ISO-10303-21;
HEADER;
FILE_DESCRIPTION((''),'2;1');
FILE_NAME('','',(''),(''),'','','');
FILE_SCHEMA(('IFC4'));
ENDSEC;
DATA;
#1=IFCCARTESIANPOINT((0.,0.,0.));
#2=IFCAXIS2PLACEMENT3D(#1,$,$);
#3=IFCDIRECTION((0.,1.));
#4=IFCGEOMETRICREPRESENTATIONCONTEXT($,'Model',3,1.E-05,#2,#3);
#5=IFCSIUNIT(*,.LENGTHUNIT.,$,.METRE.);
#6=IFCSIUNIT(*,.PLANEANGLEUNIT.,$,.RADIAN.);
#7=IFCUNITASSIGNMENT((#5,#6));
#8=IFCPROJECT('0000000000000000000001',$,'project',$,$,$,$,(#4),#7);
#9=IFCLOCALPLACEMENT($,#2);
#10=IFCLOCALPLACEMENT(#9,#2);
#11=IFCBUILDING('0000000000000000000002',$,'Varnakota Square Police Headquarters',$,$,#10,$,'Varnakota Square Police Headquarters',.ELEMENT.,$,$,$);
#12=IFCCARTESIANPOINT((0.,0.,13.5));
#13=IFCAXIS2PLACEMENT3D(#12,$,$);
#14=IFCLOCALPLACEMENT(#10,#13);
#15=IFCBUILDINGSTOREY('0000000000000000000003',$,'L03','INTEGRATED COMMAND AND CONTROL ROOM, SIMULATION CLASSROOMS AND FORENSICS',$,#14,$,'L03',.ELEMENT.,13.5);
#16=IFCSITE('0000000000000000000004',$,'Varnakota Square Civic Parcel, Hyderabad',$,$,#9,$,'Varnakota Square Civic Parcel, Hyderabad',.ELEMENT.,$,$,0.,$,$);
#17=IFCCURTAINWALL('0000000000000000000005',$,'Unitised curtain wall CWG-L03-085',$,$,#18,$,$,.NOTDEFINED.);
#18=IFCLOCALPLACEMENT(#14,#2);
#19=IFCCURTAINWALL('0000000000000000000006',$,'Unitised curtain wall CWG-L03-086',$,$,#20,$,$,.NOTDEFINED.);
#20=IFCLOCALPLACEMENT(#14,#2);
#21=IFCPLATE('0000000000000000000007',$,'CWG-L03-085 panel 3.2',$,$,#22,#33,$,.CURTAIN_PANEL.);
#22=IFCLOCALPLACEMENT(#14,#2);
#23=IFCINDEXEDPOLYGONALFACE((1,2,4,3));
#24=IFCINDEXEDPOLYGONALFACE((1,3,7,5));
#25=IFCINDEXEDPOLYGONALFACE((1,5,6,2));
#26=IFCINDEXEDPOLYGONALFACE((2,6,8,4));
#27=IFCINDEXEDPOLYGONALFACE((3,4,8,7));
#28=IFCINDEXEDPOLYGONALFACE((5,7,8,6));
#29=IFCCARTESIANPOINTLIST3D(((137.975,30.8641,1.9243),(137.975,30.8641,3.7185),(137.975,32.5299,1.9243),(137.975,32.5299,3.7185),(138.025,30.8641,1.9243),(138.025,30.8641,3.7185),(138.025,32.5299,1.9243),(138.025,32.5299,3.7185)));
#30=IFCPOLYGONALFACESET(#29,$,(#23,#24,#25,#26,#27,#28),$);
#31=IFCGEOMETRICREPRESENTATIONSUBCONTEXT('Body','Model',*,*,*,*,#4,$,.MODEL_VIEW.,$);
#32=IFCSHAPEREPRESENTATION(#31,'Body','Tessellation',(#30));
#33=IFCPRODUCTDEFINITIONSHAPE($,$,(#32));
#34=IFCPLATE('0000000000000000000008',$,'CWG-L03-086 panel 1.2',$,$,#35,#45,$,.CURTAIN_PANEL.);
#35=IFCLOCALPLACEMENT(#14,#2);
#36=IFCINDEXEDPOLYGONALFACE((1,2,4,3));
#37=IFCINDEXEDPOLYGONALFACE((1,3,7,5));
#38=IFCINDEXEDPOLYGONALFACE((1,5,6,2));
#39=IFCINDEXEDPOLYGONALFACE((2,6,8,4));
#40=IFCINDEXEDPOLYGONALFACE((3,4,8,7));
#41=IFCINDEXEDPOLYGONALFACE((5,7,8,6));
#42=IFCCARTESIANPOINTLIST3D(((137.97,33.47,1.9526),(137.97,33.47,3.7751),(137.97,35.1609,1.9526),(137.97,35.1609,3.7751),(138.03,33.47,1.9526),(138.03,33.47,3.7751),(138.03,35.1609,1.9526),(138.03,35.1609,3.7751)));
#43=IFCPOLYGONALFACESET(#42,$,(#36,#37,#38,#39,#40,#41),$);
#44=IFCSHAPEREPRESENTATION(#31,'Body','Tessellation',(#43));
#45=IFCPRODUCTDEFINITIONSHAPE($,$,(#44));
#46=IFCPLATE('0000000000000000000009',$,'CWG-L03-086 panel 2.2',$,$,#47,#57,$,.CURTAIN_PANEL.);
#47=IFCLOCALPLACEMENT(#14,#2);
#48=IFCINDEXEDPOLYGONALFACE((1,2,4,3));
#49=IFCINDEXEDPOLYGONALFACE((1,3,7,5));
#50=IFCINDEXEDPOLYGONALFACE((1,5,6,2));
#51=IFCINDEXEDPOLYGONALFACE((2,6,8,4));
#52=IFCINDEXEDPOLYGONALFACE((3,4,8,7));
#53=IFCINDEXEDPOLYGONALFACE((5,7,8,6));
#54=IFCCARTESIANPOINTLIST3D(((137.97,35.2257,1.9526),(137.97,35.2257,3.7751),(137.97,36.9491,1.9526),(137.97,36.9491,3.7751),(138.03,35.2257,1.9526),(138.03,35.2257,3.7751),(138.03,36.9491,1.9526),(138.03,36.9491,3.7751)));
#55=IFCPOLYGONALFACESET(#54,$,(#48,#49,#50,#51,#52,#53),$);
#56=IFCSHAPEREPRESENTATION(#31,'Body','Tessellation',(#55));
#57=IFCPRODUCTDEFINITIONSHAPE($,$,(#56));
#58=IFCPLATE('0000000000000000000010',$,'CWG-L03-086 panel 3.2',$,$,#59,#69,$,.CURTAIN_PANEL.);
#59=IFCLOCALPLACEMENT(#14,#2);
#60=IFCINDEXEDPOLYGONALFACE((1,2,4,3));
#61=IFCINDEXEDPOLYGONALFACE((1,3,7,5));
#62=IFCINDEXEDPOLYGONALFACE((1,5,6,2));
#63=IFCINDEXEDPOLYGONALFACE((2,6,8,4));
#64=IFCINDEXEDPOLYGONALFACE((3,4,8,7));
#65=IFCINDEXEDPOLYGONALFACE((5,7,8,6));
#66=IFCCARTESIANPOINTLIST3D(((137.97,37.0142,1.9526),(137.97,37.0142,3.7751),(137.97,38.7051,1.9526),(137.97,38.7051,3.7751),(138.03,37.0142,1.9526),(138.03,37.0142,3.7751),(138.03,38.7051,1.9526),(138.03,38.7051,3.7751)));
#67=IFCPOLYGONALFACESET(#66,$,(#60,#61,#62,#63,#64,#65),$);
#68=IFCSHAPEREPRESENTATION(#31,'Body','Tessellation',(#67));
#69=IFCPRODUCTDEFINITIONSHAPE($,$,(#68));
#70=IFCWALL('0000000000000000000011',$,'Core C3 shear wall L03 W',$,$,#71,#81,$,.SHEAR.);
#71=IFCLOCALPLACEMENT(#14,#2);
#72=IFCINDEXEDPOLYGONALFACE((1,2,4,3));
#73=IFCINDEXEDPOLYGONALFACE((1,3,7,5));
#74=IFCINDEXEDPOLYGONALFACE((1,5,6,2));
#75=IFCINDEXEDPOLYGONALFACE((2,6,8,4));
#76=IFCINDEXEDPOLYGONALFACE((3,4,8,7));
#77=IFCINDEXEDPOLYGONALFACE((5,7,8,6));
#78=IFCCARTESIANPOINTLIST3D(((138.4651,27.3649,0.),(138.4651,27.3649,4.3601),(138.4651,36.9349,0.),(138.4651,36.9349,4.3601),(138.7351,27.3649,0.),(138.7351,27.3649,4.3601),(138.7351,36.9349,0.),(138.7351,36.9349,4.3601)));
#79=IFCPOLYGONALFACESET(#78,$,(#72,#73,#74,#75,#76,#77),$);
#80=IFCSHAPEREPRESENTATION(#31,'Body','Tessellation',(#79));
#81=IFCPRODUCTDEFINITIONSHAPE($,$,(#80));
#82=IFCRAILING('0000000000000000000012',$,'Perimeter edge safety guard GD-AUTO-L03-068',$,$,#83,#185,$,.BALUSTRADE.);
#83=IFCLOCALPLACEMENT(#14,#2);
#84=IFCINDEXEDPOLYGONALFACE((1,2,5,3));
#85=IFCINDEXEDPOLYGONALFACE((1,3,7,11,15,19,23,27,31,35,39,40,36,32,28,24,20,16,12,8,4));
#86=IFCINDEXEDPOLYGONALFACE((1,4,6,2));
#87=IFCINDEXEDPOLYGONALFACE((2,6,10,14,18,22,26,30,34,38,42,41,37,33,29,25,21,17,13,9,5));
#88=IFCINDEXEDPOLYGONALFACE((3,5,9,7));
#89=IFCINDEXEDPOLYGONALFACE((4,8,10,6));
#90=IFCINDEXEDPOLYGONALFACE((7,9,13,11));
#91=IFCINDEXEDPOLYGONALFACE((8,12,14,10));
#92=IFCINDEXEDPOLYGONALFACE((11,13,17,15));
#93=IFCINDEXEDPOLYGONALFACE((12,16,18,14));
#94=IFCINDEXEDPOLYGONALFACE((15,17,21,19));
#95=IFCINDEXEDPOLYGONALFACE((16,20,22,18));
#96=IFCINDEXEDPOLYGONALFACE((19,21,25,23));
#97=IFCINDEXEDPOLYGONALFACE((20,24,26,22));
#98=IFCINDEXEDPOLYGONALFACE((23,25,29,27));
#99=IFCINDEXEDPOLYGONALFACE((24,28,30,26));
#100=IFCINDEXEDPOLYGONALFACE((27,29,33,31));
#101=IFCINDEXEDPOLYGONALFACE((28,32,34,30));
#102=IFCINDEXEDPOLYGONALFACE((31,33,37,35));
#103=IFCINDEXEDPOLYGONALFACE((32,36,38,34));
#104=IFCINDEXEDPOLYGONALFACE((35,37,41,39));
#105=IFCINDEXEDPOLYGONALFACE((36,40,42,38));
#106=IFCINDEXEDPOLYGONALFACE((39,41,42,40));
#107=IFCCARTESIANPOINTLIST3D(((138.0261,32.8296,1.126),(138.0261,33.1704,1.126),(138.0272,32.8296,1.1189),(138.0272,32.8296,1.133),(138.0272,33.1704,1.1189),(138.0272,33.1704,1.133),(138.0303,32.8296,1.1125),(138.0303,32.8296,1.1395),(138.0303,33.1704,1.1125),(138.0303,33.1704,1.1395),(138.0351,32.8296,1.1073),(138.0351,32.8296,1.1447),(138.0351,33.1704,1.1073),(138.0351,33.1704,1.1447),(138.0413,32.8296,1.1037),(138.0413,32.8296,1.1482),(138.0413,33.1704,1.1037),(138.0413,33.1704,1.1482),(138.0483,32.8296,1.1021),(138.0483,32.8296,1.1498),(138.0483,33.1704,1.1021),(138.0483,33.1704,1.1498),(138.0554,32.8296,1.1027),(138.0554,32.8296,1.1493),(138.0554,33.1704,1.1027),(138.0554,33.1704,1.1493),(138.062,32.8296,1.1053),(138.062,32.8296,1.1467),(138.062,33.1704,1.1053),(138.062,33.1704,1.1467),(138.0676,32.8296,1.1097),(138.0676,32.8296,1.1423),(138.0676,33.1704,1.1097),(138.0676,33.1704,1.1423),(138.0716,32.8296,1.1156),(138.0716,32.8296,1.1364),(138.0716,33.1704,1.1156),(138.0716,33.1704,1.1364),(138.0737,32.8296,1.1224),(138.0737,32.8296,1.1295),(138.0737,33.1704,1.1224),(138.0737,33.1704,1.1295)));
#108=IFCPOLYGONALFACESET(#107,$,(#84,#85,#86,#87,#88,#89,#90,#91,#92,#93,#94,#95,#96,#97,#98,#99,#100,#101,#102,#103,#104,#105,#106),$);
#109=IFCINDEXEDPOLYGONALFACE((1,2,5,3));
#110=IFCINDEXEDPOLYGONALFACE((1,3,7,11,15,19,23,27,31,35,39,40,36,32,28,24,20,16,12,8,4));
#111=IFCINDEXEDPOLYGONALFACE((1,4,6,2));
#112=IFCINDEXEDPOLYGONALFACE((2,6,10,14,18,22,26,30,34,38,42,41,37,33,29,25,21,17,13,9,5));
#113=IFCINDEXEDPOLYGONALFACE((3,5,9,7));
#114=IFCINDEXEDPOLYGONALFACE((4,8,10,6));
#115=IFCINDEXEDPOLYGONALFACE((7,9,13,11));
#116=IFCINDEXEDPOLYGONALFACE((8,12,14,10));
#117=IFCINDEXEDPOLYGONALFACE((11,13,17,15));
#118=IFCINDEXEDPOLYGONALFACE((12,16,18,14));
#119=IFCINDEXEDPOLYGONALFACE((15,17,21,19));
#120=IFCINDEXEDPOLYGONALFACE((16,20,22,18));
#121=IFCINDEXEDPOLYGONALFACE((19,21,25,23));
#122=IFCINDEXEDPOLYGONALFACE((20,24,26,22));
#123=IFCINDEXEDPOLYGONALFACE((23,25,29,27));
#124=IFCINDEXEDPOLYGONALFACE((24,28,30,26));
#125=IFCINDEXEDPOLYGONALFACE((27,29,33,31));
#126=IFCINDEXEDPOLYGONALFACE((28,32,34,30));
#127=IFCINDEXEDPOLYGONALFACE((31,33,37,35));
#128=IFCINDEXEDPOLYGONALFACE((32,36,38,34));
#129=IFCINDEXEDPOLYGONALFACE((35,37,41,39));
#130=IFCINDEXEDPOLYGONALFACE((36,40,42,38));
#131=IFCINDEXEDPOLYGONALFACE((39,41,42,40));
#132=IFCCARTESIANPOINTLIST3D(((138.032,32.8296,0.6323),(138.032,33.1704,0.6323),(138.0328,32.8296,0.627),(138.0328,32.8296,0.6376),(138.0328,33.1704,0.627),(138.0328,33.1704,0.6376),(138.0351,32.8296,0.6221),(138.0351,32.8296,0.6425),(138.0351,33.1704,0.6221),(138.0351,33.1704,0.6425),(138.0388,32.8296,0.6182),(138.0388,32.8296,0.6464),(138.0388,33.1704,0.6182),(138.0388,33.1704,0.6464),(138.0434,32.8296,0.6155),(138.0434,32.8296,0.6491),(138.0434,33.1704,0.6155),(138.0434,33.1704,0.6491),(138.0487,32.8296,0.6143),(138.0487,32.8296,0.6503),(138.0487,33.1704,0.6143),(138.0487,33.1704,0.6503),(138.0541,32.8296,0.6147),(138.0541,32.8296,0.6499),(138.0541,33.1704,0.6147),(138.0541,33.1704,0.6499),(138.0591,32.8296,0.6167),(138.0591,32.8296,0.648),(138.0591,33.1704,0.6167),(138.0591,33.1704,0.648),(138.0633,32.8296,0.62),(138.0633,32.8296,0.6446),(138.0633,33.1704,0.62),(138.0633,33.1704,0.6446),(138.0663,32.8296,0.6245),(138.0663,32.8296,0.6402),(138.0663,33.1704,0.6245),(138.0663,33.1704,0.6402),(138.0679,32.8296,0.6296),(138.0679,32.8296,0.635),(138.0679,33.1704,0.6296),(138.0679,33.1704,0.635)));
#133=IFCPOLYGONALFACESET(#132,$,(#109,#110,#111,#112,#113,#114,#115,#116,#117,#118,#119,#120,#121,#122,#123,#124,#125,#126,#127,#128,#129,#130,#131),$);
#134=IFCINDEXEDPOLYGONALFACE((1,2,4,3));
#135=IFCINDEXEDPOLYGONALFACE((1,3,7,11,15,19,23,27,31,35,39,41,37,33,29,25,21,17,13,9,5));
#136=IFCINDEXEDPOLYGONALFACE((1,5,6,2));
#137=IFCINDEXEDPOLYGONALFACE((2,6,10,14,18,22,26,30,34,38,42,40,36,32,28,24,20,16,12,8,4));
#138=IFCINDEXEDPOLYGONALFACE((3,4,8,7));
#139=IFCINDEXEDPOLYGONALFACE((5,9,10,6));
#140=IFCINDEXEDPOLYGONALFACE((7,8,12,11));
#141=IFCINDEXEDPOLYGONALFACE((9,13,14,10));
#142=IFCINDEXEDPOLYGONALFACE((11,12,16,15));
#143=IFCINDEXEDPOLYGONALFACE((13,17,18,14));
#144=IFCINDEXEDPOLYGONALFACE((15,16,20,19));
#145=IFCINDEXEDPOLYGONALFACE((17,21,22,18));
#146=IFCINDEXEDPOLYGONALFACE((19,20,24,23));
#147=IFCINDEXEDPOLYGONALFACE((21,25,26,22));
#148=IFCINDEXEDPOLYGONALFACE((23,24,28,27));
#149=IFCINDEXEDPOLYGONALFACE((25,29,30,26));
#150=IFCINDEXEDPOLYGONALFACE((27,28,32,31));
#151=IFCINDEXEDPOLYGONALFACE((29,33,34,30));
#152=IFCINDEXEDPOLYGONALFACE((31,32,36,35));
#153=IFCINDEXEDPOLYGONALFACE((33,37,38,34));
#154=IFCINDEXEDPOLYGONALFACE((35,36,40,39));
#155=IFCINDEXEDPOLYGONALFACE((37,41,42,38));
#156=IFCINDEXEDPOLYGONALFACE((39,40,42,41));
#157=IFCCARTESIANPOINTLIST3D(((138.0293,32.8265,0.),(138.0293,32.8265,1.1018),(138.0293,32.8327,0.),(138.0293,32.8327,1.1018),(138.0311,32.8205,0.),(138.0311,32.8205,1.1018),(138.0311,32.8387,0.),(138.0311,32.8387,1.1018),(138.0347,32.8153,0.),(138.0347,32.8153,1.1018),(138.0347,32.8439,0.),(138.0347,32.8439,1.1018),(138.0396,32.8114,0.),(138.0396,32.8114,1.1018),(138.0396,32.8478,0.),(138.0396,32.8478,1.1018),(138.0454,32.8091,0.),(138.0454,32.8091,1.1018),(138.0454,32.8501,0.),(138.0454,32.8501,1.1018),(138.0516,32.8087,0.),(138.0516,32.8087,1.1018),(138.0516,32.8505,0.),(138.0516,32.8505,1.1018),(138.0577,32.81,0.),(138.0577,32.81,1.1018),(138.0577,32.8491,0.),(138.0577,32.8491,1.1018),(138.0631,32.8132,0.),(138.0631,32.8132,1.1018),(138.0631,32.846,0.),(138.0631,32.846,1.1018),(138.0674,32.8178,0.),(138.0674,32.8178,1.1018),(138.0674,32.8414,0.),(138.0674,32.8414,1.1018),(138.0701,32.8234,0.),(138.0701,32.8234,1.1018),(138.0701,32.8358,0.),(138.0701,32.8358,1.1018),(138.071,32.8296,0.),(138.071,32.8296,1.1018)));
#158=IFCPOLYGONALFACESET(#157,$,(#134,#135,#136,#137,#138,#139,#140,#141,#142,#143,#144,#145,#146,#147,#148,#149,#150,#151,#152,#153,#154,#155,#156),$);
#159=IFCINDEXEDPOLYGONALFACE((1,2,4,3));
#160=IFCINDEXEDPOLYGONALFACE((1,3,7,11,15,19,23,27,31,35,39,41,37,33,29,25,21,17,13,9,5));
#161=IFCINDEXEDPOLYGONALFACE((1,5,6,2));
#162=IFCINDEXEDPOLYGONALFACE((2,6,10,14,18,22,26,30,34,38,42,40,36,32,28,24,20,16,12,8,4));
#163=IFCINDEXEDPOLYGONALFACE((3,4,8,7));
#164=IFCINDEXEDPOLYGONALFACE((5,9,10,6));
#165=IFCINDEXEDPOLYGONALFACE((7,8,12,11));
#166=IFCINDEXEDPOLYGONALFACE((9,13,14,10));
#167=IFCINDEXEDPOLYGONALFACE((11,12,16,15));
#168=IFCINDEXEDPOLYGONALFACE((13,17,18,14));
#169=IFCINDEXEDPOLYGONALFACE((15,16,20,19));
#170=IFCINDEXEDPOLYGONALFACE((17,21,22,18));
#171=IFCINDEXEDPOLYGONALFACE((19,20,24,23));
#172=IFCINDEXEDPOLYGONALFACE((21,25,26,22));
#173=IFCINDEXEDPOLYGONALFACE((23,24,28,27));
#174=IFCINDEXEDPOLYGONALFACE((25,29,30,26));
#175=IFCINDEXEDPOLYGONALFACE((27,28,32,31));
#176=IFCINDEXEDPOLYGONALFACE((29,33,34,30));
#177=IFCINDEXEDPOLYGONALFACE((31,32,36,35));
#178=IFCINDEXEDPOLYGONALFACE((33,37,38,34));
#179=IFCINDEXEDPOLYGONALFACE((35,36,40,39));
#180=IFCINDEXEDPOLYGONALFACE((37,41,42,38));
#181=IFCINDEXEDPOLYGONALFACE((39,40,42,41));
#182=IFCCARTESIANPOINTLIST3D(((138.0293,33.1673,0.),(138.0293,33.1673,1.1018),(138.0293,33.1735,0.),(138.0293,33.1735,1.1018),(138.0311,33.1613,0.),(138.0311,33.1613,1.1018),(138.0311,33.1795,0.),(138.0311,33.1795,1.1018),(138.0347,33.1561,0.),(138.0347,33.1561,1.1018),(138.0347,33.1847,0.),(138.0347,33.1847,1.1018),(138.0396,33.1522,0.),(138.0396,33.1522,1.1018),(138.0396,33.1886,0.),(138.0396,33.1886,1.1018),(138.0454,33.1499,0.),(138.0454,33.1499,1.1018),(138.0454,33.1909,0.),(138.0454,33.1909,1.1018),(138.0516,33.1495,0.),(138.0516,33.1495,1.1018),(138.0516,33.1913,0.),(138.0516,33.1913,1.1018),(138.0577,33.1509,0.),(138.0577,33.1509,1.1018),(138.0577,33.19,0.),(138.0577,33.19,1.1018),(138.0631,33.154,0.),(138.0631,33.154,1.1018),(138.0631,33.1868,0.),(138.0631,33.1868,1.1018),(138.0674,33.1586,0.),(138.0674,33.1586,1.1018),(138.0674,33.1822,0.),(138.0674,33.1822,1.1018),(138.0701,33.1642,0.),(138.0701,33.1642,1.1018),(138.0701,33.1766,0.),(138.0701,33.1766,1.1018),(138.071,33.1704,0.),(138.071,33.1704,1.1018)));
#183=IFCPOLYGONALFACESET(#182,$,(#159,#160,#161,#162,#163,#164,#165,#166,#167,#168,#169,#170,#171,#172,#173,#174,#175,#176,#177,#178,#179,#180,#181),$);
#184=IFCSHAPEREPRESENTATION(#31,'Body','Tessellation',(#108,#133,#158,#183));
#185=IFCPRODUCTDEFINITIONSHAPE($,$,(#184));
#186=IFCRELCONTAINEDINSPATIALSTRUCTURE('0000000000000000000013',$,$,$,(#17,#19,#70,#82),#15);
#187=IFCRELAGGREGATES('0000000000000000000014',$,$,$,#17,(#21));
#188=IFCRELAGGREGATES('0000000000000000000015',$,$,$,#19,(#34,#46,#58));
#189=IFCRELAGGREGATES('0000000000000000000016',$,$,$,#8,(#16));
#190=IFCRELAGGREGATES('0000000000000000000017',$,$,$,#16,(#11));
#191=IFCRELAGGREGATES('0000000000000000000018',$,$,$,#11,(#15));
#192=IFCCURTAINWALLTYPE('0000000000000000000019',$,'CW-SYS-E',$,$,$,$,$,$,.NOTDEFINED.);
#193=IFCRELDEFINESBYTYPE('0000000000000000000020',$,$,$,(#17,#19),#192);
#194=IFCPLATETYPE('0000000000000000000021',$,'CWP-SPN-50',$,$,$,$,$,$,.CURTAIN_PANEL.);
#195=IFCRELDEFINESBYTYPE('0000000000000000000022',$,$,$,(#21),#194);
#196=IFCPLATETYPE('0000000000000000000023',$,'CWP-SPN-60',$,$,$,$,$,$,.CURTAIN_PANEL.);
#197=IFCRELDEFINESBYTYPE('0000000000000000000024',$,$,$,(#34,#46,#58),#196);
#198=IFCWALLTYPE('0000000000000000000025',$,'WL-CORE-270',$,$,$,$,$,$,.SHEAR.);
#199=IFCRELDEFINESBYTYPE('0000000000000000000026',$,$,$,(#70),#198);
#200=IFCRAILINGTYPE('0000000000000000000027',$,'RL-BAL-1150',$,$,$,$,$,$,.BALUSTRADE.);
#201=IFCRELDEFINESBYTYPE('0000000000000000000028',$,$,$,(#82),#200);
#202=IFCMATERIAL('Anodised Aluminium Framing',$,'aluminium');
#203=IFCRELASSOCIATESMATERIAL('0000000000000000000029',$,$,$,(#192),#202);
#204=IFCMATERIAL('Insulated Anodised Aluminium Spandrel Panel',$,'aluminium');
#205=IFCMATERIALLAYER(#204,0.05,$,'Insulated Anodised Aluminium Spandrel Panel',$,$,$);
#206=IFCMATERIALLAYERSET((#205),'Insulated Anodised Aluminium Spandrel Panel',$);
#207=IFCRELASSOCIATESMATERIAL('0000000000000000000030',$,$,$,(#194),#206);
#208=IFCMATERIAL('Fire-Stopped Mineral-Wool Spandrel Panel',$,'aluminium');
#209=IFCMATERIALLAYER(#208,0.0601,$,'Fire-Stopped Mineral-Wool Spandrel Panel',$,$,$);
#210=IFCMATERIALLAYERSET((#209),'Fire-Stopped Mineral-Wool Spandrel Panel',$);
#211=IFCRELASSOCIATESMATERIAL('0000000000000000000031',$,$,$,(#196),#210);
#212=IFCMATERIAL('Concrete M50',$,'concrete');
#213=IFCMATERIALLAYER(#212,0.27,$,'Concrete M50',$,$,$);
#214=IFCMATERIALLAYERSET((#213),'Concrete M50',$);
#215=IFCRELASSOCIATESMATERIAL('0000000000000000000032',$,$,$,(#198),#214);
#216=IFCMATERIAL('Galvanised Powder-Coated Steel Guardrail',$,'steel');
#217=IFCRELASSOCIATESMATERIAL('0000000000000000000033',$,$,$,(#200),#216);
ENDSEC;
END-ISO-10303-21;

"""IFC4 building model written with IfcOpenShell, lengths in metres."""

from ifc_helpers import new_model, si_unit, direction, frame, frame_2d, origin, origin_2d, place, context, subcontext, project, spatial, rectangle, circle, extrude, material, layer, layer_set, type_object, element, aggregate, save


model = new_model("IFC4")

# Units and contexts
model_context = context("Model", 3, precision=1e-05, world=origin(), true_north=direction((0.0, 1.0)))
body_context = subcontext(model_context, "Body", "Model", "MODEL_VIEW")
ifc_project = project(units=[si_unit("LENGTHUNIT", "METRE"), si_unit("PLANEANGLEUNIT", "RADIAN")], contexts=[model_context])

# Site, building, storey
site_placement = place(None, origin())
site = spatial("IfcSite", under=ifc_project, at=site_placement, Name="Varnakota Square Civic Parcel, Hyderabad", LongName="Varnakota Square Civic Parcel, Hyderabad", CompositionType="ELEMENT", RefElevation=0.0)
building_placement = place(site_placement, origin())
building = spatial("IfcBuilding", under=site, at=building_placement, Name="Varnakota Square Police Headquarters", LongName="Varnakota Square Police Headquarters", CompositionType="ELEMENT")
storey_placement = place(building_placement, frame((0.0, 0.0, 13.5)))
storey = spatial("IfcBuildingStorey", under=building, at=storey_placement, Name="L03", Description="INTEGRATED COMMAND AND CONTROL ROOM, SIMULATION CLASSROOMS AND FORENSICS", LongName="L03", CompositionType="ELEMENT", Elevation=13.5)

# Curtain wall
ifc_material_1 = material(Name="Anodised Aluminium Framing", Category="aluminium")
curtain_wall_type = type_object("IfcCurtainWallType", Name="CW-SYS-E", PredefinedType="NOTDEFINED", material=ifc_material_1)
curtain_wall_1_placement = place(storey_placement, origin())
curtain_wall_1 = element("IfcCurtainWall", 1, at=curtain_wall_1_placement, inside=storey, type_object=curtain_wall_type, Name="Unitised curtain wall CWG-L03-085", PredefinedType="NOTDEFINED")

# Curtain wall
curtain_wall_2_placement = place(storey_placement, origin())
curtain_wall_2 = element("IfcCurtainWall", 2, at=curtain_wall_2_placement, inside=storey, type_object=curtain_wall_type, Name="Unitised curtain wall CWG-L03-086", PredefinedType="NOTDEFINED")

# Plates
ifc_material_2 = material(Name="Insulated Anodised Aluminium Spandrel Panel", Category="aluminium")
ifc_layer_1 = layer(ifc_material_2, 0.05, Name="Insulated Anodised Aluminium Spandrel Panel")
ifc_layer_set_1 = layer_set([ifc_layer_1], Name="Insulated Anodised Aluminium Spandrel Panel")
plate_type_1 = type_object("IfcPlateType", Name="CWP-SPN-50", PredefinedType="CURTAIN_PANEL", material=ifc_layer_set_1)
plate_1_placement = place(storey_placement, frame((138.0, 31.697, 1.9243), z_axis=(0.0, 0.0, 1.0), x_axis=(0.0, 1.0, 0.0)))
plate_1 = element("IfcPlate", 3, at=plate_1_placement, type_object=plate_type_1, Name="CWG-L03-085 panel 3.2", PredefinedType="CURTAIN_PANEL", context=body_context, shape_type="SweptSolid", body=[
    extrude(rectangle(XDim=1.6658, YDim=0.05, at=origin_2d()), origin(), (0.0, 0.0, 1.0), 1.7942),
])
aggregate(curtain_wall_1, [plate_1])
ifc_material_3 = material(Name="Fire-Stopped Mineral-Wool Spandrel Panel", Category="aluminium")
ifc_layer_2 = layer(ifc_material_3, 0.0601, Name="Fire-Stopped Mineral-Wool Spandrel Panel")
ifc_layer_set_2 = layer_set([ifc_layer_2], Name="Fire-Stopped Mineral-Wool Spandrel Panel")
plate_type_2 = type_object("IfcPlateType", Name="CWP-SPN-60", PredefinedType="CURTAIN_PANEL", material=ifc_layer_set_2)
plate_2_placement = place(storey_placement, frame((138.0, 34.3154, 1.9526), z_axis=(0.0, 0.0, 1.0), x_axis=(0.0, 1.0, 0.0)))
plate_2 = element("IfcPlate", 4, at=plate_2_placement, type_object=plate_type_2, Name="CWG-L03-086 panel 1.2", PredefinedType="CURTAIN_PANEL", context=body_context, shape_type="SweptSolid", body=[
    extrude(rectangle(XDim=1.6909, YDim=0.0601, at=origin_2d()), origin(), (0.0, 0.0, 1.0), 1.8225),
])
plate_3_placement = place(storey_placement, frame((138.0, 36.0874, 1.9526), z_axis=(0.0, 0.0, 1.0), x_axis=(0.0, 1.0, 0.0)))
plate_3 = element("IfcPlate", 5, at=plate_3_placement, type_object=plate_type_2, Name="CWG-L03-086 panel 2.2", PredefinedType="CURTAIN_PANEL", context=body_context, shape_type="SweptSolid", body=[
    extrude(rectangle(XDim=1.7234, YDim=0.0601, at=origin_2d()), origin(), (0.0, 0.0, 1.0), 1.8225),
])
plate_4_placement = place(storey_placement, frame((138.0, 37.8596, 1.9526), z_axis=(0.0, 0.0, 1.0), x_axis=(0.0, 1.0, 0.0)))
plate_4 = element("IfcPlate", 6, at=plate_4_placement, type_object=plate_type_2, Name="CWG-L03-086 panel 3.2", PredefinedType="CURTAIN_PANEL", context=body_context, shape_type="SweptSolid", body=[
    extrude(rectangle(XDim=1.6909, YDim=0.0601, at=origin_2d()), origin(), (0.0, 0.0, 1.0), 1.8225),
])
aggregate(curtain_wall_2, [plate_2, plate_3, plate_4])

# Wall
ifc_material_4 = material(Name="Concrete M50", Category="concrete")
ifc_layer_3 = layer(ifc_material_4, 0.27, Name="Concrete M50")
ifc_layer_set_3 = layer_set([ifc_layer_3], Name="Concrete M50")
wall_type = type_object("IfcWallType", Name="WL-CORE-270", PredefinedType="SHEAR", material=ifc_layer_set_3)
wall_placement = place(storey_placement, frame((138.6001, 36.9351, 0.0), z_axis=(0.0, 0.0, 1.0), x_axis=(0.0, -1.0, 0.0)))
element("IfcWall", 7, at=wall_placement, inside=storey, type_object=wall_type, Name="Core C3 shear wall L03 W", PredefinedType="SHEAR", context=body_context, shape_type="SweptSolid", body=[
    extrude(rectangle(XDim=9.5701, YDim=0.27, at=frame_2d((4.7852, 0.0))), origin(), (0.0, 0.0, 1.0), 4.3601),
])

# Railing
ifc_material_5 = material(Name="Galvanised Powder-Coated Steel Guardrail", Category="steel")
railing_type = type_object("IfcRailingType", Name="RL-BAL-1150", PredefinedType="BALUSTRADE", material=ifc_material_5)
railing_placement = place(storey_placement, frame((138.05, 32.8296, 0.0)))
element("IfcRailing", 8, at=railing_placement, inside=storey, type_object=railing_type, Name="Perimeter edge safety guard GD-AUTO-L03-068", PredefinedType="BALUSTRADE", context=body_context, shape_type="SweptSolid", body=[
    extrude(circle(Radius=0.0239, at=origin_2d()), frame((0.0, 0.0, 1.126), z_axis=(0.0, 1.0, 0.0), x_axis=(-1.0, 0.0, 0.0)), (0.0, 0.0, 1.0), 0.3408),
    extrude(circle(Radius=0.0181, at=origin_2d()), frame((0.0, 0.0, 0.6323), z_axis=(0.0, 1.0, 0.0), x_axis=(-1.0, 0.0, 0.0)), (0.0, 0.0, 1.0), 0.3408),
    extrude(circle(Radius=0.021, at=origin_2d()), origin(), (0.0, 0.0, 1.0), 1.1018),
    extrude(circle(Radius=0.021, at=origin_2d()), frame((0.0, 0.3408, 0.0)), (0.0, 0.0, 1.0), 1.1018),
])

save(model, "model.ifc")
